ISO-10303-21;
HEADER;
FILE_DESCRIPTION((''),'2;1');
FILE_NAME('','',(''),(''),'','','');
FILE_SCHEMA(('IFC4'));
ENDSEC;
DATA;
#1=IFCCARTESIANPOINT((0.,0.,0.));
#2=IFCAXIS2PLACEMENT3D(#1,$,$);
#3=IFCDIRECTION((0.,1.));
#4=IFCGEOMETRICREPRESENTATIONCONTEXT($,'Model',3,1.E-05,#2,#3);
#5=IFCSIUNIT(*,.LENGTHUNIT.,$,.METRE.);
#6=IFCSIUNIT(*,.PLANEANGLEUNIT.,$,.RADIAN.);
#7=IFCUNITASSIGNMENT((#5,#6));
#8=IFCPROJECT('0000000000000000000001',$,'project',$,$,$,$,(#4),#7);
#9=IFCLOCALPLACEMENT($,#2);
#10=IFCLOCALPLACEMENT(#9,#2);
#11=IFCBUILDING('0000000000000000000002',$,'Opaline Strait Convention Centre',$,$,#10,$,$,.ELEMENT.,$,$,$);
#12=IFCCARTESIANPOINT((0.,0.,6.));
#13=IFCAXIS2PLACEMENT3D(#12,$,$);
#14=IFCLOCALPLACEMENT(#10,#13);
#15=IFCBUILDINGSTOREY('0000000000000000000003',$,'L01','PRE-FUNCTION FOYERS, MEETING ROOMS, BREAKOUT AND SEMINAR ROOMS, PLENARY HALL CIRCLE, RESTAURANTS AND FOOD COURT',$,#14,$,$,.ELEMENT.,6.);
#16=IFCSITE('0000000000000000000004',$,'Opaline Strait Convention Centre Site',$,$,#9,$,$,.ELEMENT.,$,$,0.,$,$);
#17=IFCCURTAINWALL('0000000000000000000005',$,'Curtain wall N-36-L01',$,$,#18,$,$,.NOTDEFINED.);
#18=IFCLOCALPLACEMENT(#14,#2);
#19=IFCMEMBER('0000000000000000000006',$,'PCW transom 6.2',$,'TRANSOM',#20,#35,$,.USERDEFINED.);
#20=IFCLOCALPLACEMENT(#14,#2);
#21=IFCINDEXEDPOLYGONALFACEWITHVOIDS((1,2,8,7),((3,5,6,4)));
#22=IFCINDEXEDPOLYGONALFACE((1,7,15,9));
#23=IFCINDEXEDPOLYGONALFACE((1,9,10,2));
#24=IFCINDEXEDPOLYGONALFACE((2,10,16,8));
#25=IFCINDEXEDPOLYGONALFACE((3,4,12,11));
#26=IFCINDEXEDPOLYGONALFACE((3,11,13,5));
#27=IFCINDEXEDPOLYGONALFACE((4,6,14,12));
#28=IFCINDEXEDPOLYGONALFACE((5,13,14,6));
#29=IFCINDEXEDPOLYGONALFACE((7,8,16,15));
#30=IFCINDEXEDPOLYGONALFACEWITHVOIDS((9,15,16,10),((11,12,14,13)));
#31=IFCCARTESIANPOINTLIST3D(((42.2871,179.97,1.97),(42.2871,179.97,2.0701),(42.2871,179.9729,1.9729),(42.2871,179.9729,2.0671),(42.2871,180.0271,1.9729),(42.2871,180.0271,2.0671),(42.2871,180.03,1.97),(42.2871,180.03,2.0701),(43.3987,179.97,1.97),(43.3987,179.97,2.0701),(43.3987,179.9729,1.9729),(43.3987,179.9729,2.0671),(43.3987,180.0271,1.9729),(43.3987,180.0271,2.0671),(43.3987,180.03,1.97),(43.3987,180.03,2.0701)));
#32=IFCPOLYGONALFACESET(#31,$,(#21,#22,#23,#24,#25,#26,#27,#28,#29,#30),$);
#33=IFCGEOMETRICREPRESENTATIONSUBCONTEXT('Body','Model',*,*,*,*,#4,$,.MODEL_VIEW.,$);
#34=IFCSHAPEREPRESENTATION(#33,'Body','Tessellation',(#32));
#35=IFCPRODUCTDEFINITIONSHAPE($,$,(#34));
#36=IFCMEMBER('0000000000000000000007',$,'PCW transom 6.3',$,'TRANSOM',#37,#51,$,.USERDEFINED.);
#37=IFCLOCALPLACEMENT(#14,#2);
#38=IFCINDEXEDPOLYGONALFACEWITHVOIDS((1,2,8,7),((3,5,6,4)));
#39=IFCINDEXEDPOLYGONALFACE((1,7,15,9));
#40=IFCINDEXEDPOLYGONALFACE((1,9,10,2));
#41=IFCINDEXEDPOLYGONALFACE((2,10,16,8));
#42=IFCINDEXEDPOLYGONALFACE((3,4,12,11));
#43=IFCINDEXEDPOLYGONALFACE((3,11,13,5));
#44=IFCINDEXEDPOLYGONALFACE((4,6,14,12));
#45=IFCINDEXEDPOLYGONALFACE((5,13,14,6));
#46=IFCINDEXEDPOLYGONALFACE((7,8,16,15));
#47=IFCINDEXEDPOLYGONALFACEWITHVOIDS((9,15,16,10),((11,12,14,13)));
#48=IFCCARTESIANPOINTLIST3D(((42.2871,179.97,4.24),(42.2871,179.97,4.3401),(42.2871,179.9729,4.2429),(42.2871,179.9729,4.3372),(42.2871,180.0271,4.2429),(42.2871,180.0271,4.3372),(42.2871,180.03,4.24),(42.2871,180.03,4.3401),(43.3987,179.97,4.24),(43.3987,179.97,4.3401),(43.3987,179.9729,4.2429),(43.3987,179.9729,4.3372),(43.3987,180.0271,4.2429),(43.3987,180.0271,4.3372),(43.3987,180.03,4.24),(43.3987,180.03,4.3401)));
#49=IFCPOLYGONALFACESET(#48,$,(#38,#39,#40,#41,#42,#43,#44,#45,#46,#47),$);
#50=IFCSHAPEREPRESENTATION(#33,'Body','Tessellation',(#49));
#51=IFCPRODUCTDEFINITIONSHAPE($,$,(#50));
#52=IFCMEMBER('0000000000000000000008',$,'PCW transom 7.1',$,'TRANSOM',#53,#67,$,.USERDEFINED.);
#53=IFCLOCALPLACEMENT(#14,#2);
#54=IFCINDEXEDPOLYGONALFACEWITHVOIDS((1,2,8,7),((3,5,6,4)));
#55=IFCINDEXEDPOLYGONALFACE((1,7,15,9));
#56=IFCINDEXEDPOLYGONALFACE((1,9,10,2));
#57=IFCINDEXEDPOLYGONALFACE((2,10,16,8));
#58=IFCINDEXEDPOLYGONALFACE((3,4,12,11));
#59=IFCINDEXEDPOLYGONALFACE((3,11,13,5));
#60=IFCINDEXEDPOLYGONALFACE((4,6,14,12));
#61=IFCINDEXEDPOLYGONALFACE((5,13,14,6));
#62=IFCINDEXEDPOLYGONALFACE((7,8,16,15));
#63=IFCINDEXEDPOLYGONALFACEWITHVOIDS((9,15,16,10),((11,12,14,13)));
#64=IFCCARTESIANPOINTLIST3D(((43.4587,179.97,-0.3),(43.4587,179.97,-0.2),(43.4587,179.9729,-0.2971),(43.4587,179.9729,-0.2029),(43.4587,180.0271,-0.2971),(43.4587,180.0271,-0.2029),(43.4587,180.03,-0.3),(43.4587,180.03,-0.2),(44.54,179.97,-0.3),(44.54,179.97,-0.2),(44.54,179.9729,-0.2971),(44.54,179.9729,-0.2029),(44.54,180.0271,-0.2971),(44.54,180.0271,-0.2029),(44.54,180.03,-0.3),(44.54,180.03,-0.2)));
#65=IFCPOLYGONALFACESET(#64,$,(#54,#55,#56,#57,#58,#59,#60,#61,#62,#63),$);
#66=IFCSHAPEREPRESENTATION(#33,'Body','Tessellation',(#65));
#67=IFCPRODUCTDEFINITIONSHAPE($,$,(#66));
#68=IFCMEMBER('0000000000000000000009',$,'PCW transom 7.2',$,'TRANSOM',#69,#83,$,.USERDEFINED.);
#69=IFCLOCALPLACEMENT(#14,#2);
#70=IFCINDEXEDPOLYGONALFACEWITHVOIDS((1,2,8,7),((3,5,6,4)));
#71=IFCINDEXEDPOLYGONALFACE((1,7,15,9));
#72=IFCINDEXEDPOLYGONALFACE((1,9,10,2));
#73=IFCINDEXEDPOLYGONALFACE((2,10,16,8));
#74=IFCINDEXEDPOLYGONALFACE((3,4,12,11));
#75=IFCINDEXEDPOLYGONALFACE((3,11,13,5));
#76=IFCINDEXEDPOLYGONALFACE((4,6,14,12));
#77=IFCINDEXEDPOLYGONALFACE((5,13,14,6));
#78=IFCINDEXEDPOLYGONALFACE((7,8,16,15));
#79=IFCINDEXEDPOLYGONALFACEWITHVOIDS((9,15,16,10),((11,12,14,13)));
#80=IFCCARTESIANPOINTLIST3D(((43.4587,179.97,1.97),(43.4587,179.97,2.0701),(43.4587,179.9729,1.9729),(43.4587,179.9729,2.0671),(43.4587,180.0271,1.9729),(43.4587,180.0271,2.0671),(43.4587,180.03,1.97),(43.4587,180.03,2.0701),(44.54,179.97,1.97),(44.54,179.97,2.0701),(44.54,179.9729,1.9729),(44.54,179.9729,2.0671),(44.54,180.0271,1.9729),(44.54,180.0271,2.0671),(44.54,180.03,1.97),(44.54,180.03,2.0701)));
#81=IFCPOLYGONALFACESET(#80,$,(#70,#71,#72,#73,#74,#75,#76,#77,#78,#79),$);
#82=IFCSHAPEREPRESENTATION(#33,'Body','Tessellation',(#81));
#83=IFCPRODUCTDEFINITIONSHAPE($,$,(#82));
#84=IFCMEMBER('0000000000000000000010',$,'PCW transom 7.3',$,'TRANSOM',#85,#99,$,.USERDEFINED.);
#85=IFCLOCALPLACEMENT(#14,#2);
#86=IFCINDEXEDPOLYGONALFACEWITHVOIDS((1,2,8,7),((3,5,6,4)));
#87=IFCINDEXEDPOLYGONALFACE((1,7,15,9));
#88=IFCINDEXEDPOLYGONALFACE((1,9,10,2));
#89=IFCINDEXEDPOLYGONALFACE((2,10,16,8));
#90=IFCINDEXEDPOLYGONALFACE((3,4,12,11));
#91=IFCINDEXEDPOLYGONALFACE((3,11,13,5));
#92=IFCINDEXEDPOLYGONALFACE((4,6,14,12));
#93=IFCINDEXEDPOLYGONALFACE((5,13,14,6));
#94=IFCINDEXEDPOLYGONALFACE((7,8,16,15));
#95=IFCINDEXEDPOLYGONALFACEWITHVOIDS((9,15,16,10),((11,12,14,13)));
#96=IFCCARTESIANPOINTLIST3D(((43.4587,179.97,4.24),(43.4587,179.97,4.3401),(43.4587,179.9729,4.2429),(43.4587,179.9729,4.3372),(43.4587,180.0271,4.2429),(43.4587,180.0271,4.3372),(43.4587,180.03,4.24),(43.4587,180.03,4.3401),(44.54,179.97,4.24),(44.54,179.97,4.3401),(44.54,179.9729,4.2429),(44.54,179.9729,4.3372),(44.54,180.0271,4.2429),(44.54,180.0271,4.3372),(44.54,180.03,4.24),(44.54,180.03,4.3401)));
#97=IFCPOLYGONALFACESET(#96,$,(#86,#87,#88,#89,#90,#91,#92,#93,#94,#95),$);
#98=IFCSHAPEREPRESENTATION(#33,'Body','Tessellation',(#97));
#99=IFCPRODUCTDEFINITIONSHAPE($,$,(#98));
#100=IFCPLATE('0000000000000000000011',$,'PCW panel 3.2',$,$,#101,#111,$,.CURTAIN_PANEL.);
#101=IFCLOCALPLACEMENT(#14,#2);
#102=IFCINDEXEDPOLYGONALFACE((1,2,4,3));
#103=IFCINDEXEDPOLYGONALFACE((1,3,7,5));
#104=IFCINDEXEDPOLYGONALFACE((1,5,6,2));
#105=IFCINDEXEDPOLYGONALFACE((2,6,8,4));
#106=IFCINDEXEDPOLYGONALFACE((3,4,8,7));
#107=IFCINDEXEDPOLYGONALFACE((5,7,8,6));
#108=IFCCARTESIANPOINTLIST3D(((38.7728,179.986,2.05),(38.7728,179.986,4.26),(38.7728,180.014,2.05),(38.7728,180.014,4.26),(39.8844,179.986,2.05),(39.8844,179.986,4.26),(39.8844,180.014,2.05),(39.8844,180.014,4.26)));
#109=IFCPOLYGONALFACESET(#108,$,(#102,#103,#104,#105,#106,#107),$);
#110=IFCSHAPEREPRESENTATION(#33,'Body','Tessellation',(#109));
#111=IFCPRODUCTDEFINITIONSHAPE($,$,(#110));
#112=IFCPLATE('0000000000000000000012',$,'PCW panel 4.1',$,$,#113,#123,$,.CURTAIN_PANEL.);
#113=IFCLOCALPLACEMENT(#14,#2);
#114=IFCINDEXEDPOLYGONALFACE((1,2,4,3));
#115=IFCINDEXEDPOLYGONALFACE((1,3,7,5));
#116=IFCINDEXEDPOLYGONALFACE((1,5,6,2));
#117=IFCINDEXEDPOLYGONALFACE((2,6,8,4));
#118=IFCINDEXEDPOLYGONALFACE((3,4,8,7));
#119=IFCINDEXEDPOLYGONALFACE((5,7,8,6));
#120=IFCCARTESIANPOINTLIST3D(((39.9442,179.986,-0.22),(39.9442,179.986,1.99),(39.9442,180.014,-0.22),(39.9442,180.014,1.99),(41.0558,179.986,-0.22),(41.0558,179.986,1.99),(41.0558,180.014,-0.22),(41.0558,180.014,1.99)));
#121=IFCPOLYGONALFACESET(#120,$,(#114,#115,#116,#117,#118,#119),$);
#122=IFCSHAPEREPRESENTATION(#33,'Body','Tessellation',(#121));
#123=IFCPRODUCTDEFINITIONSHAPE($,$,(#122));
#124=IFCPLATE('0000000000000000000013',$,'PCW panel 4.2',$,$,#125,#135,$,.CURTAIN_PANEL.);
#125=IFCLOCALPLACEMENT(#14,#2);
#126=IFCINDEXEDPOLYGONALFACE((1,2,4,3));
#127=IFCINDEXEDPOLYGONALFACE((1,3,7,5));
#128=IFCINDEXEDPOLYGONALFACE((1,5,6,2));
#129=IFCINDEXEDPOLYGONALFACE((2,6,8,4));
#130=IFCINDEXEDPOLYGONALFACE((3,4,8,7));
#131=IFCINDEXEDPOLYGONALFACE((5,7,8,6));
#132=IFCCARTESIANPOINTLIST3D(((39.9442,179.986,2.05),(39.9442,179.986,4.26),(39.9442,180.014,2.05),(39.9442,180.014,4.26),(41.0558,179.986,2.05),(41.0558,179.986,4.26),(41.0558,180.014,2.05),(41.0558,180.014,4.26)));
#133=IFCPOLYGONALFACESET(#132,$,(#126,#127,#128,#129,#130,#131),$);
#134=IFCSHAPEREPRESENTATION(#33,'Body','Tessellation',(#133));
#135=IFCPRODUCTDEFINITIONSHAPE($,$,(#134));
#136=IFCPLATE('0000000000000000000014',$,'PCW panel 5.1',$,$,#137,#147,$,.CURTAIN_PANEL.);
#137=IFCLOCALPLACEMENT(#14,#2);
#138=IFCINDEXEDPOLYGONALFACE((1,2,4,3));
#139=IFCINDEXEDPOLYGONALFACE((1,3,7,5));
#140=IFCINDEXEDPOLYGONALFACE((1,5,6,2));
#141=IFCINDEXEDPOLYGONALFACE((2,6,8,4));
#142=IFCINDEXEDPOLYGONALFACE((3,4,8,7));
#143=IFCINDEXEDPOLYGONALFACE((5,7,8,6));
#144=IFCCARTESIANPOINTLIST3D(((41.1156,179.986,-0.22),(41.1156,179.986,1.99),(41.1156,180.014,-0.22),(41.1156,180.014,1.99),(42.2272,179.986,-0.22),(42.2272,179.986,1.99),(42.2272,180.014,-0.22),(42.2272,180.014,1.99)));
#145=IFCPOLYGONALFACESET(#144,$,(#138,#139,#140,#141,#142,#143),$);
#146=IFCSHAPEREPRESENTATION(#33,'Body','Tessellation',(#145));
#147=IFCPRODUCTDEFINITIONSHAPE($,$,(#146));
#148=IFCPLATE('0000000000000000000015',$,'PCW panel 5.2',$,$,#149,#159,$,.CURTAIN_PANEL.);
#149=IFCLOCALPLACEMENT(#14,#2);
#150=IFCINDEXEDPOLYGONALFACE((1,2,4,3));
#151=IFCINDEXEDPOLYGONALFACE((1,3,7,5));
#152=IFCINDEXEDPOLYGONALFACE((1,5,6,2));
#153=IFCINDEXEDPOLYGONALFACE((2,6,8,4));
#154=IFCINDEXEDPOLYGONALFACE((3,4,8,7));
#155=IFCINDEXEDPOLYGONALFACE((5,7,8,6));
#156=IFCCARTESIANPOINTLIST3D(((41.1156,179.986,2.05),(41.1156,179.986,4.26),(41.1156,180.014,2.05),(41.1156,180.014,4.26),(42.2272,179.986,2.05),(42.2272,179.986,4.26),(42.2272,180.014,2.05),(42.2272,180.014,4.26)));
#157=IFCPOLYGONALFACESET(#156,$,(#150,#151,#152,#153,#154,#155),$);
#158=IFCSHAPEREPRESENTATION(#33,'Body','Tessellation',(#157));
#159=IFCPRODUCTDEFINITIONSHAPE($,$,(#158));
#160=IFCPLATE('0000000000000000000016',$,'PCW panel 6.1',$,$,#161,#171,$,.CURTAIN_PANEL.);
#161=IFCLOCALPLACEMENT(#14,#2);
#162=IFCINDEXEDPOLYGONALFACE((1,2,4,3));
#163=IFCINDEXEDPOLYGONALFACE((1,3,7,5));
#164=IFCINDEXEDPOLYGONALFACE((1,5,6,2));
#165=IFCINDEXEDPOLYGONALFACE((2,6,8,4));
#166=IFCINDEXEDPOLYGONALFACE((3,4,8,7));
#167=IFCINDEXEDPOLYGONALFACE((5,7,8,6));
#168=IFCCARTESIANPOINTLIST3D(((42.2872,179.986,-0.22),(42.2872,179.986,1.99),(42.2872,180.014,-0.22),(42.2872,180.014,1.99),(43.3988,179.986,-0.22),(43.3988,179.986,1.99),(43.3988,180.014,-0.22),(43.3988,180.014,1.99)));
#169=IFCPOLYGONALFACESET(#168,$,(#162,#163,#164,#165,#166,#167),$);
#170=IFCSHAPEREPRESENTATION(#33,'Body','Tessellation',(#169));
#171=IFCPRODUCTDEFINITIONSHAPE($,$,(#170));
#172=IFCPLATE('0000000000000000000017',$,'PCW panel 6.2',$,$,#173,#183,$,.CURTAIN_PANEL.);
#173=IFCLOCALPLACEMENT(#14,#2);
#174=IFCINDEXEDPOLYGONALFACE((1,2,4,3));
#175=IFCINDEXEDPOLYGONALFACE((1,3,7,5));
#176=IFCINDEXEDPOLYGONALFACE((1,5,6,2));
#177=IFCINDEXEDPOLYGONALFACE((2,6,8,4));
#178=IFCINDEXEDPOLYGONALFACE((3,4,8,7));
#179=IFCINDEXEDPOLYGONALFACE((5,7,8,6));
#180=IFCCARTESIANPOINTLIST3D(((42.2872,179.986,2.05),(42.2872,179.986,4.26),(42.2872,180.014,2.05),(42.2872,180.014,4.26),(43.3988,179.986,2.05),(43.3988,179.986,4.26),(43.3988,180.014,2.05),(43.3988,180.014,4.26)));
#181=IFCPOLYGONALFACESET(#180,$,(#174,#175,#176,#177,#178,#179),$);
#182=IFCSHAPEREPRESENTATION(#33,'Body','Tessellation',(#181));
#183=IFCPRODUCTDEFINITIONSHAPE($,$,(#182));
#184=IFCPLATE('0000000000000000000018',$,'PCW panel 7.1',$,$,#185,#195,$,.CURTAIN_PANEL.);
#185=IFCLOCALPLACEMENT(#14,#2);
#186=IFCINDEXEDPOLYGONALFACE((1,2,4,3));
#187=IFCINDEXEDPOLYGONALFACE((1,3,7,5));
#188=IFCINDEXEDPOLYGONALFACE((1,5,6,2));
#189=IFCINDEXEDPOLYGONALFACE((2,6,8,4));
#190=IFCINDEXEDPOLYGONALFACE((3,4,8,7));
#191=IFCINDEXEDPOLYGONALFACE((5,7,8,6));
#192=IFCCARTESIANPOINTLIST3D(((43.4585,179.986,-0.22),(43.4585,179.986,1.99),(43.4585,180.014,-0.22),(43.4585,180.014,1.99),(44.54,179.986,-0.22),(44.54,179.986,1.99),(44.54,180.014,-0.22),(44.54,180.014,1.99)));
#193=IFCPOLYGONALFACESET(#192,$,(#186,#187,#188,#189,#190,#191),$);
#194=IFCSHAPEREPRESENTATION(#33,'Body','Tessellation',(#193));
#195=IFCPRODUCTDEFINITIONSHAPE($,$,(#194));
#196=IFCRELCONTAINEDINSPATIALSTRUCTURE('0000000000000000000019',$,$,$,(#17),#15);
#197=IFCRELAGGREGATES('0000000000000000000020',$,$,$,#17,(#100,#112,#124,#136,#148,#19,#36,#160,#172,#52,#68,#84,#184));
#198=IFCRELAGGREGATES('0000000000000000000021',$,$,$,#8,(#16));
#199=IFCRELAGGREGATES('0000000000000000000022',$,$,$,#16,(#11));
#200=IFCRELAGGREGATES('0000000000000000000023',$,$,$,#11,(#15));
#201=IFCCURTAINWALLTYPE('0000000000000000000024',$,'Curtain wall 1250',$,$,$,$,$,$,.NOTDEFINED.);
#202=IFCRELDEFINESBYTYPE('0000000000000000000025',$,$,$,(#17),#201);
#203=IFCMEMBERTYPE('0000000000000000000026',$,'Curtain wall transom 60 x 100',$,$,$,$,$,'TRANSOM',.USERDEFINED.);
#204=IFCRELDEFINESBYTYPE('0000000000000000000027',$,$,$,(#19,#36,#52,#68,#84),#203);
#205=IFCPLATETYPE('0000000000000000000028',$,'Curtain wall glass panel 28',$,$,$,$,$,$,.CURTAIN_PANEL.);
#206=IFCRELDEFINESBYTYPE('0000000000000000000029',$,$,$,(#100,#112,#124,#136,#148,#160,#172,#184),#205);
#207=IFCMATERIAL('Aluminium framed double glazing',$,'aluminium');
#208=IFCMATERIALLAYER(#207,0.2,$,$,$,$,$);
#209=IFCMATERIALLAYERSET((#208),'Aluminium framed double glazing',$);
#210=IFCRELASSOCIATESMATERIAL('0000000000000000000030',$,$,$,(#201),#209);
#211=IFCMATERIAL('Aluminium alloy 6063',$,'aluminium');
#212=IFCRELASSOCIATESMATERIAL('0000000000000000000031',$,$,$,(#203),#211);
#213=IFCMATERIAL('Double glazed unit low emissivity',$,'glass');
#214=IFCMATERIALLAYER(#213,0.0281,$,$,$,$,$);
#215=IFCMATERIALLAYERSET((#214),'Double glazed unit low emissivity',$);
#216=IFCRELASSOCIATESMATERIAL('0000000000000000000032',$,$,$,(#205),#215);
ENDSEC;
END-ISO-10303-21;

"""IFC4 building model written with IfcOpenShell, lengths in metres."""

from ifc_helpers import new_model, si_unit, direction, frame, origin, origin_2d, place, context, subcontext, project, spatial, rectangle, hollow_rectangle, extrude, material, layer, layer_set, material_profile, profile_set, type_object, element, aggregate, save


model = new_model("IFC4")

# Units and contexts
model_context = context("Model", 3, precision=1e-05, world=origin(), true_north=direction((0.0, 1.0)))
body_context = subcontext(model_context, "Body", "Model", "MODEL_VIEW")
ifc_project = project(units=[si_unit("LENGTHUNIT", "METRE"), si_unit("PLANEANGLEUNIT", "RADIAN")], contexts=[model_context])

# Site, building, storey
site_placement = place(None, origin())
site = spatial("IfcSite", under=ifc_project, at=site_placement, Name="Opaline Strait Convention Centre Site", CompositionType="ELEMENT", RefElevation=0.0)
building_placement = place(site_placement, origin())
building = spatial("IfcBuilding", under=site, at=building_placement, Name="Opaline Strait Convention Centre", CompositionType="ELEMENT")
storey_placement = place(building_placement, frame((0.0, 0.0, 6.0)))
storey = spatial("IfcBuildingStorey", under=building, at=storey_placement, Name="L01", Description="PRE-FUNCTION FOYERS, MEETING ROOMS, BREAKOUT AND SEMINAR ROOMS, PLENARY HALL CIRCLE, RESTAURANTS AND FOOD COURT", CompositionType="ELEMENT", Elevation=6.0)

# Curtain wall, members, plates
ifc_material_1 = material(Name="Aluminium framed double glazing", Category="aluminium")
ifc_layer_1 = layer(ifc_material_1, 0.2)
ifc_layer_set_1 = layer_set([ifc_layer_1], Name="Aluminium framed double glazing")
curtain_wall_type = type_object("IfcCurtainWallType", Name="Curtain wall 1250", PredefinedType="NOTDEFINED", material=ifc_layer_set_1)
curtain_wall_placement = place(storey_placement, origin())
curtain_wall = element("IfcCurtainWall", 1, at=curtain_wall_placement, inside=storey, type_object=curtain_wall_type, Name="Curtain wall N-36-L01", PredefinedType="NOTDEFINED")
ifc_material_2 = material(Name="Aluminium alloy 6063", Category="aluminium")
ifc_material_profile_1 = material_profile(ifc_material_2, hollow_rectangle(XDim=0.0601, YDim=0.1001, WallThickness=0.0029, at=origin_2d()), Name="TRANSOM 60x100x3")
ifc_profile_set_1 = profile_set([ifc_material_profile_1], Name="Aluminium alloy 6063")
member_type_1 = type_object("IfcMemberType", Name="Curtain wall transom 60 x 100", ElementType="TRANSOM", PredefinedType="USERDEFINED", material=ifc_profile_set_1)
member_1_placement = place(storey_placement, frame((42.2871, 180.0, 2.02), z_axis=(1.0, 0.0, 0.0), x_axis=(0.0, 1.0, 0.0)))
member_1 = element("IfcMember", 2, at=member_1_placement, type_object=member_type_1, Name="PCW transom 6.2", ObjectType="TRANSOM", PredefinedType="USERDEFINED", context=body_context, shape_type="SweptSolid", body=[
    extrude(hollow_rectangle(XDim=0.0601, YDim=0.1001, WallThickness=0.0029, at=origin_2d()), origin(), (0.0, 0.0, 1.0), 1.1116),
])
member_2_placement = place(storey_placement, frame((42.2871, 180.0, 4.29), z_axis=(1.0, 0.0, 0.0), x_axis=(0.0, 1.0, 0.0)))
member_2 = element("IfcMember", 3, at=member_2_placement, type_object=member_type_1, Name="PCW transom 6.3", ObjectType="TRANSOM", PredefinedType="USERDEFINED", context=body_context, shape_type="SweptSolid", body=[
    extrude(hollow_rectangle(XDim=0.0601, YDim=0.1001, WallThickness=0.0029, at=origin_2d()), origin(), (0.0, 0.0, 1.0), 1.1116),
])
member_3_placement = place(storey_placement, frame((43.4587, 180.0, -0.25), z_axis=(1.0, 0.0, 0.0), x_axis=(0.0, 1.0, 0.0)))
member_3 = element("IfcMember", 4, at=member_3_placement, type_object=member_type_1, Name="PCW transom 7.1", ObjectType="TRANSOM", PredefinedType="USERDEFINED", context=body_context, shape_type="SweptSolid", body=[
    extrude(hollow_rectangle(XDim=0.0601, YDim=0.1001, WallThickness=0.0029, at=origin_2d()), origin(), (0.0, 0.0, 1.0), 1.0813),
])
member_4_placement = place(storey_placement, frame((43.4587, 180.0, 2.02), z_axis=(1.0, 0.0, 0.0), x_axis=(0.0, 1.0, 0.0)))
member_4 = element("IfcMember", 5, at=member_4_placement, type_object=member_type_1, Name="PCW transom 7.2", ObjectType="TRANSOM", PredefinedType="USERDEFINED", context=body_context, shape_type="SweptSolid", body=[
    extrude(hollow_rectangle(XDim=0.0601, YDim=0.1001, WallThickness=0.0029, at=origin_2d()), origin(), (0.0, 0.0, 1.0), 1.0813),
])
member_5_placement = place(storey_placement, frame((43.4587, 180.0, 4.29), z_axis=(1.0, 0.0, 0.0), x_axis=(0.0, 1.0, 0.0)))
member_5 = element("IfcMember", 6, at=member_5_placement, type_object=member_type_1, Name="PCW transom 7.3", ObjectType="TRANSOM", PredefinedType="USERDEFINED", context=body_context, shape_type="SweptSolid", body=[
    extrude(hollow_rectangle(XDim=0.0601, YDim=0.1001, WallThickness=0.0029, at=origin_2d()), origin(), (0.0, 0.0, 1.0), 1.0813),
])
ifc_material_3 = material(Name="Double glazed unit low emissivity", Category="glass")
ifc_layer_2 = layer(ifc_material_3, 0.0281)
ifc_layer_set_2 = layer_set([ifc_layer_2], Name="Double glazed unit low emissivity")
plate_type = type_object("IfcPlateType", Name="Curtain wall glass panel 28", PredefinedType="CURTAIN_PANEL", material=ifc_layer_set_2)
plate_1_placement = place(storey_placement, frame((39.3286, 180.0, 2.05), z_axis=(0.0, 0.0, 1.0), x_axis=(1.0, 0.0, 0.0)))
plate_1 = element("IfcPlate", 7, at=plate_1_placement, type_object=plate_type, Name="PCW panel 3.2", PredefinedType="CURTAIN_PANEL", context=body_context, shape_type="SweptSolid", body=[
    extrude(rectangle(XDim=1.1116, YDim=0.0281, at=origin_2d()), origin(), (0.0, 0.0, 1.0), 2.21),
])
plate_2_placement = place(storey_placement, frame((40.5, 180.0, -0.22), z_axis=(0.0, 0.0, 1.0), x_axis=(1.0, 0.0, 0.0)))
plate_2 = element("IfcPlate", 8, at=plate_2_placement, type_object=plate_type, Name="PCW panel 4.1", PredefinedType="CURTAIN_PANEL", context=body_context, shape_type="SweptSolid", body=[
    extrude(rectangle(XDim=1.1116, YDim=0.0281, at=origin_2d()), origin(), (0.0, 0.0, 1.0), 2.21),
])
plate_3_placement = place(storey_placement, frame((40.5, 180.0, 2.05), z_axis=(0.0, 0.0, 1.0), x_axis=(1.0, 0.0, 0.0)))
plate_3 = element("IfcPlate", 9, at=plate_3_placement, type_object=plate_type, Name="PCW panel 4.2", PredefinedType="CURTAIN_PANEL", context=body_context, shape_type="SweptSolid", body=[
    extrude(rectangle(XDim=1.1116, YDim=0.0281, at=origin_2d()), origin(), (0.0, 0.0, 1.0), 2.21),
])
plate_4_placement = place(storey_placement, frame((41.6714, 180.0, -0.22), z_axis=(0.0, 0.0, 1.0), x_axis=(1.0, 0.0, 0.0)))
plate_4 = element("IfcPlate", 10, at=plate_4_placement, type_object=plate_type, Name="PCW panel 5.1", PredefinedType="CURTAIN_PANEL", context=body_context, shape_type="SweptSolid", body=[
    extrude(rectangle(XDim=1.1116, YDim=0.0281, at=origin_2d()), origin(), (0.0, 0.0, 1.0), 2.21),
])
plate_5_placement = place(storey_placement, frame((41.6714, 180.0, 2.05), z_axis=(0.0, 0.0, 1.0), x_axis=(1.0, 0.0, 0.0)))
plate_5 = element("IfcPlate", 11, at=plate_5_placement, type_object=plate_type, Name="PCW panel 5.2", PredefinedType="CURTAIN_PANEL", context=body_context, shape_type="SweptSolid", body=[
    extrude(rectangle(XDim=1.1116, YDim=0.0281, at=origin_2d()), origin(), (0.0, 0.0, 1.0), 2.21),
])
plate_6_placement = place(storey_placement, frame((42.843, 180.0, -0.22), z_axis=(0.0, 0.0, 1.0), x_axis=(1.0, 0.0, 0.0)))
plate_6 = element("IfcPlate", 12, at=plate_6_placement, type_object=plate_type, Name="PCW panel 6.1", PredefinedType="CURTAIN_PANEL", context=body_context, shape_type="SweptSolid", body=[
    extrude(rectangle(XDim=1.1116, YDim=0.0281, at=origin_2d()), origin(), (0.0, 0.0, 1.0), 2.21),
])
plate_7_placement = place(storey_placement, frame((42.843, 180.0, 2.05), z_axis=(0.0, 0.0, 1.0), x_axis=(1.0, 0.0, 0.0)))
plate_7 = element("IfcPlate", 13, at=plate_7_placement, type_object=plate_type, Name="PCW panel 6.2", PredefinedType="CURTAIN_PANEL", context=body_context, shape_type="SweptSolid", body=[
    extrude(rectangle(XDim=1.1116, YDim=0.0281, at=origin_2d()), origin(), (0.0, 0.0, 1.0), 2.21),
])
plate_8_placement = place(storey_placement, frame((43.9993, 180.0, -0.22), z_axis=(0.0, 0.0, 1.0), x_axis=(1.0, 0.0, 0.0)))
plate_8 = element("IfcPlate", 14, at=plate_8_placement, type_object=plate_type, Name="PCW panel 7.1", PredefinedType="CURTAIN_PANEL", context=body_context, shape_type="SweptSolid", body=[
    extrude(rectangle(XDim=1.0815, YDim=0.0281, at=origin_2d()), origin(), (0.0, 0.0, 1.0), 2.21),
])
aggregate(curtain_wall, [plate_1, plate_2, plate_3, plate_4, plate_5, member_1, member_2, plate_6, plate_7, member_3, member_4, member_5, plate_8])

save(model, "model.ifc")
